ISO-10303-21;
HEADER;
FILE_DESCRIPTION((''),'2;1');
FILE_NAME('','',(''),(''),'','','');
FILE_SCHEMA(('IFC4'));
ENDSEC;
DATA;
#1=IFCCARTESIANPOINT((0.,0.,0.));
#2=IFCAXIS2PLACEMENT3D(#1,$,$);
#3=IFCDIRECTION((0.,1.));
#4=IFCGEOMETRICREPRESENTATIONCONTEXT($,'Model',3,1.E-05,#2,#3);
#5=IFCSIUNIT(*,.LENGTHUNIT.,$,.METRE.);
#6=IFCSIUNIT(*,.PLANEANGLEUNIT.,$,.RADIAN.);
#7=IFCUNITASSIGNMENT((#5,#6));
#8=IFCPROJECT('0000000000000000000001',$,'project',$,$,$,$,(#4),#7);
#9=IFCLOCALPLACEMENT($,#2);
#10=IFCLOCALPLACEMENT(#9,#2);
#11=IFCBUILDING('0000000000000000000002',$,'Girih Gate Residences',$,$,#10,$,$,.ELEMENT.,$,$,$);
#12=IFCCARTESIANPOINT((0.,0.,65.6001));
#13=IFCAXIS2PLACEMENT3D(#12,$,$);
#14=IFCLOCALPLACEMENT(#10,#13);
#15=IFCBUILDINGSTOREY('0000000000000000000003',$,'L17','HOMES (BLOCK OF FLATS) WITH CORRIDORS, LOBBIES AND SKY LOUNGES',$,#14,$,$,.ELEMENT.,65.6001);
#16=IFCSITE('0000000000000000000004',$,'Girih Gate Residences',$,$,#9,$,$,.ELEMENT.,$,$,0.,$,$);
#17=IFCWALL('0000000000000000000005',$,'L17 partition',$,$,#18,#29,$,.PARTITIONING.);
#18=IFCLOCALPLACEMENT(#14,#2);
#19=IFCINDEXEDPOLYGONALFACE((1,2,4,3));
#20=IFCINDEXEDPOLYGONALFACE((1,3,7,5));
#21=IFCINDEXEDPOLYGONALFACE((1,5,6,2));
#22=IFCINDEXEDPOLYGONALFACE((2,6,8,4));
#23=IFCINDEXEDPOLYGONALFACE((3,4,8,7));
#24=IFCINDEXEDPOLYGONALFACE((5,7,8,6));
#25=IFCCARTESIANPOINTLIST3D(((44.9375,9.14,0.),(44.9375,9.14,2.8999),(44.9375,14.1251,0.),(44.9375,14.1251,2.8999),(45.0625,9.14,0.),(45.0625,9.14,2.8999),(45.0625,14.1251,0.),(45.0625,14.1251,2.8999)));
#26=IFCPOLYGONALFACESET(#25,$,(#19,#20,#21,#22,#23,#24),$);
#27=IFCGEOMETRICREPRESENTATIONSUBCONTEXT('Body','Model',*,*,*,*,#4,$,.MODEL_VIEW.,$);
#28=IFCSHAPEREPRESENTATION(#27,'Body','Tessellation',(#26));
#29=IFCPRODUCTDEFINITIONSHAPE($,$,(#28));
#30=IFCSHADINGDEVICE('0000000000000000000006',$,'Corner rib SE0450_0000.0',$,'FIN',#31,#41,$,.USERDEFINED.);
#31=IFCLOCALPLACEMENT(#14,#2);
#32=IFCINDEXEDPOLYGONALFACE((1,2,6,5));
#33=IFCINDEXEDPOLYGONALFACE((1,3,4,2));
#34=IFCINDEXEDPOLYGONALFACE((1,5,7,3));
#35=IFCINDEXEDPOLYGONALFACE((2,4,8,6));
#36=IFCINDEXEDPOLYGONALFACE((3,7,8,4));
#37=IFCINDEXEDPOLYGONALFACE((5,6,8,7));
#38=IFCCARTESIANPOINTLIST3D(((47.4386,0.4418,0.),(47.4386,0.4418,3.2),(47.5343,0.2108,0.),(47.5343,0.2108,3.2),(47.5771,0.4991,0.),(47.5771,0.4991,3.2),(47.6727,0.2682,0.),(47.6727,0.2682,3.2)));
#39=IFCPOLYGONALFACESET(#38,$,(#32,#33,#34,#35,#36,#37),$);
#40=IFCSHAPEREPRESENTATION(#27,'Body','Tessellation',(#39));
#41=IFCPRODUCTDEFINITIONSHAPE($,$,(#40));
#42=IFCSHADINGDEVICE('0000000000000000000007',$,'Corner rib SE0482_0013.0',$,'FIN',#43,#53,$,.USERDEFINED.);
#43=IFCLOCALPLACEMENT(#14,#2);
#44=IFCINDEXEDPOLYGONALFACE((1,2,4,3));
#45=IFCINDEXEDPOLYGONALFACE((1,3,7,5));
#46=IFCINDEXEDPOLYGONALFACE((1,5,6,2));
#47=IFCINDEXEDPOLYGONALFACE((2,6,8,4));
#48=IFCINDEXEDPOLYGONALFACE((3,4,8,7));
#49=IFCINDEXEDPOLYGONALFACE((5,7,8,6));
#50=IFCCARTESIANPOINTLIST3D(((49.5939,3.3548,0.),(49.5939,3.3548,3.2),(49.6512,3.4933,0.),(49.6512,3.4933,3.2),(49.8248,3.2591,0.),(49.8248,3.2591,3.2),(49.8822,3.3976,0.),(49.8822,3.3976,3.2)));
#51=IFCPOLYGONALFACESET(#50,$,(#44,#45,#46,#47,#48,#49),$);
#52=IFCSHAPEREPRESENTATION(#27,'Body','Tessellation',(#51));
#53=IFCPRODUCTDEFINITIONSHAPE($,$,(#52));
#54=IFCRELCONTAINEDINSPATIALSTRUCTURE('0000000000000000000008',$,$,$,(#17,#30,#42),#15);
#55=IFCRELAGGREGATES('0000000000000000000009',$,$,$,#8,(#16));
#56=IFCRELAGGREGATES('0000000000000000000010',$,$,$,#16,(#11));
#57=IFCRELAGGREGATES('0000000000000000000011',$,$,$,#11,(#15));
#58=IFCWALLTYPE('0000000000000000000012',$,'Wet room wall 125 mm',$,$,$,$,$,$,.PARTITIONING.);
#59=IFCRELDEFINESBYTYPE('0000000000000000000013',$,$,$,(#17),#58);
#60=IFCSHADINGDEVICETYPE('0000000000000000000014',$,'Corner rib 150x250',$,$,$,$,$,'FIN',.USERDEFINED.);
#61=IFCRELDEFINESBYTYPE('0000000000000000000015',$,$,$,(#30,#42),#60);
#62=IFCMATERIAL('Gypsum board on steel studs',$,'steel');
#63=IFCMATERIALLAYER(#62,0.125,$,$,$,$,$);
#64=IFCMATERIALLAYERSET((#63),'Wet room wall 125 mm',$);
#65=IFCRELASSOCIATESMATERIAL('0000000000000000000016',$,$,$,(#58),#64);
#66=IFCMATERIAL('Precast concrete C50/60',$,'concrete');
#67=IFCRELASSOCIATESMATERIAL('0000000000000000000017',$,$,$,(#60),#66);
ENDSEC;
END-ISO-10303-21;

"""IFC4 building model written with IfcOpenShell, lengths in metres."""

from ifc_helpers import new_model, si_unit, direction, frame, frame_2d, origin, origin_2d, place, context, subcontext, project, spatial, rectangle, extrude, material, layer, layer_set, type_object, element, save


model = new_model("IFC4")

# Units and contexts
model_context = context("Model", 3, precision=1e-05, world=origin(), true_north=direction((0.0, 1.0)))
body_context = subcontext(model_context, "Body", "Model", "MODEL_VIEW")
ifc_project = project(units=[si_unit("LENGTHUNIT", "METRE"), si_unit("PLANEANGLEUNIT", "RADIAN")], contexts=[model_context])

# Site, building, storey
site_placement = place(None, origin())
site = spatial("IfcSite", under=ifc_project, at=site_placement, Name="Girih Gate Residences", CompositionType="ELEMENT", RefElevation=0.0)
building_placement = place(site_placement, origin())
building = spatial("IfcBuilding", under=site, at=building_placement, Name="Girih Gate Residences", CompositionType="ELEMENT")
storey_placement = place(building_placement, frame((0.0, 0.0, 65.6001)))
storey = spatial("IfcBuildingStorey", under=building, at=storey_placement, Name="L17", Description="HOMES (BLOCK OF FLATS) WITH CORRIDORS, LOBBIES AND SKY LOUNGES", CompositionType="ELEMENT", Elevation=65.6001)

# Shared definitions
ifc_material_1 = material(Name="Precast concrete C50/60", Category="concrete")

# Wall
ifc_material_2 = material(Name="Gypsum board on steel studs", Category="steel")
ifc_layer_1 = layer(ifc_material_2, 0.125)
ifc_layer_set_1 = layer_set([ifc_layer_1], Name="Wet room wall 125 mm")
wall_type_1 = type_object("IfcWallType", Name="Wet room wall 125 mm", PredefinedType="PARTITIONING", material=ifc_layer_set_1)
wall_1_placement = place(storey_placement, frame((45.0, 9.1399, 0.0), z_axis=(0.0, 0.0, 1.0), x_axis=(0.0, 1.0, 0.0)))
element("IfcWall", 1, at=wall_1_placement, inside=storey, type_object=wall_type_1, Name="L17 partition", PredefinedType="PARTITIONING", context=body_context, shape_type="SweptSolid", body=[
    extrude(rectangle(XDim=4.9851, YDim=0.125, at=frame_2d((2.4927, 0.0))), origin(), (0.0, 0.0, 1.0), 2.8999),
])

# Shading devices
shading_device_type = type_object("IfcShadingDeviceType", Name="Corner rib 150x250", ElementType="FIN", PredefinedType="USERDEFINED", material=ifc_material_1)
for number, where, z_axis, x_axis, name in (
    (2, (47.5557, 0.355, 0.0), (0.0, 0.0, 1.0), (0.92388, 0.382683, 0.0), "Corner rib SE0450_0000.0"),
    (3, (49.738, 3.3762, 0.0), (0.0, 0.0, 1.0), (0.382683, 0.92388, 0.0), "Corner rib SE0482_0013.0"),
):
    element("IfcShadingDevice", number, at=place(storey_placement, frame(where, z_axis=z_axis, x_axis=x_axis)), inside=storey, type_object=shading_device_type, Name=name, ObjectType="FIN", PredefinedType="USERDEFINED", context=body_context, shape_type="SweptSolid", body=[
        extrude(rectangle(XDim=0.1499, YDim=0.25, at=origin_2d()), origin(), (0.0, 0.0, 1.0), 3.2),
    ])

save(model, "model.ifc")
